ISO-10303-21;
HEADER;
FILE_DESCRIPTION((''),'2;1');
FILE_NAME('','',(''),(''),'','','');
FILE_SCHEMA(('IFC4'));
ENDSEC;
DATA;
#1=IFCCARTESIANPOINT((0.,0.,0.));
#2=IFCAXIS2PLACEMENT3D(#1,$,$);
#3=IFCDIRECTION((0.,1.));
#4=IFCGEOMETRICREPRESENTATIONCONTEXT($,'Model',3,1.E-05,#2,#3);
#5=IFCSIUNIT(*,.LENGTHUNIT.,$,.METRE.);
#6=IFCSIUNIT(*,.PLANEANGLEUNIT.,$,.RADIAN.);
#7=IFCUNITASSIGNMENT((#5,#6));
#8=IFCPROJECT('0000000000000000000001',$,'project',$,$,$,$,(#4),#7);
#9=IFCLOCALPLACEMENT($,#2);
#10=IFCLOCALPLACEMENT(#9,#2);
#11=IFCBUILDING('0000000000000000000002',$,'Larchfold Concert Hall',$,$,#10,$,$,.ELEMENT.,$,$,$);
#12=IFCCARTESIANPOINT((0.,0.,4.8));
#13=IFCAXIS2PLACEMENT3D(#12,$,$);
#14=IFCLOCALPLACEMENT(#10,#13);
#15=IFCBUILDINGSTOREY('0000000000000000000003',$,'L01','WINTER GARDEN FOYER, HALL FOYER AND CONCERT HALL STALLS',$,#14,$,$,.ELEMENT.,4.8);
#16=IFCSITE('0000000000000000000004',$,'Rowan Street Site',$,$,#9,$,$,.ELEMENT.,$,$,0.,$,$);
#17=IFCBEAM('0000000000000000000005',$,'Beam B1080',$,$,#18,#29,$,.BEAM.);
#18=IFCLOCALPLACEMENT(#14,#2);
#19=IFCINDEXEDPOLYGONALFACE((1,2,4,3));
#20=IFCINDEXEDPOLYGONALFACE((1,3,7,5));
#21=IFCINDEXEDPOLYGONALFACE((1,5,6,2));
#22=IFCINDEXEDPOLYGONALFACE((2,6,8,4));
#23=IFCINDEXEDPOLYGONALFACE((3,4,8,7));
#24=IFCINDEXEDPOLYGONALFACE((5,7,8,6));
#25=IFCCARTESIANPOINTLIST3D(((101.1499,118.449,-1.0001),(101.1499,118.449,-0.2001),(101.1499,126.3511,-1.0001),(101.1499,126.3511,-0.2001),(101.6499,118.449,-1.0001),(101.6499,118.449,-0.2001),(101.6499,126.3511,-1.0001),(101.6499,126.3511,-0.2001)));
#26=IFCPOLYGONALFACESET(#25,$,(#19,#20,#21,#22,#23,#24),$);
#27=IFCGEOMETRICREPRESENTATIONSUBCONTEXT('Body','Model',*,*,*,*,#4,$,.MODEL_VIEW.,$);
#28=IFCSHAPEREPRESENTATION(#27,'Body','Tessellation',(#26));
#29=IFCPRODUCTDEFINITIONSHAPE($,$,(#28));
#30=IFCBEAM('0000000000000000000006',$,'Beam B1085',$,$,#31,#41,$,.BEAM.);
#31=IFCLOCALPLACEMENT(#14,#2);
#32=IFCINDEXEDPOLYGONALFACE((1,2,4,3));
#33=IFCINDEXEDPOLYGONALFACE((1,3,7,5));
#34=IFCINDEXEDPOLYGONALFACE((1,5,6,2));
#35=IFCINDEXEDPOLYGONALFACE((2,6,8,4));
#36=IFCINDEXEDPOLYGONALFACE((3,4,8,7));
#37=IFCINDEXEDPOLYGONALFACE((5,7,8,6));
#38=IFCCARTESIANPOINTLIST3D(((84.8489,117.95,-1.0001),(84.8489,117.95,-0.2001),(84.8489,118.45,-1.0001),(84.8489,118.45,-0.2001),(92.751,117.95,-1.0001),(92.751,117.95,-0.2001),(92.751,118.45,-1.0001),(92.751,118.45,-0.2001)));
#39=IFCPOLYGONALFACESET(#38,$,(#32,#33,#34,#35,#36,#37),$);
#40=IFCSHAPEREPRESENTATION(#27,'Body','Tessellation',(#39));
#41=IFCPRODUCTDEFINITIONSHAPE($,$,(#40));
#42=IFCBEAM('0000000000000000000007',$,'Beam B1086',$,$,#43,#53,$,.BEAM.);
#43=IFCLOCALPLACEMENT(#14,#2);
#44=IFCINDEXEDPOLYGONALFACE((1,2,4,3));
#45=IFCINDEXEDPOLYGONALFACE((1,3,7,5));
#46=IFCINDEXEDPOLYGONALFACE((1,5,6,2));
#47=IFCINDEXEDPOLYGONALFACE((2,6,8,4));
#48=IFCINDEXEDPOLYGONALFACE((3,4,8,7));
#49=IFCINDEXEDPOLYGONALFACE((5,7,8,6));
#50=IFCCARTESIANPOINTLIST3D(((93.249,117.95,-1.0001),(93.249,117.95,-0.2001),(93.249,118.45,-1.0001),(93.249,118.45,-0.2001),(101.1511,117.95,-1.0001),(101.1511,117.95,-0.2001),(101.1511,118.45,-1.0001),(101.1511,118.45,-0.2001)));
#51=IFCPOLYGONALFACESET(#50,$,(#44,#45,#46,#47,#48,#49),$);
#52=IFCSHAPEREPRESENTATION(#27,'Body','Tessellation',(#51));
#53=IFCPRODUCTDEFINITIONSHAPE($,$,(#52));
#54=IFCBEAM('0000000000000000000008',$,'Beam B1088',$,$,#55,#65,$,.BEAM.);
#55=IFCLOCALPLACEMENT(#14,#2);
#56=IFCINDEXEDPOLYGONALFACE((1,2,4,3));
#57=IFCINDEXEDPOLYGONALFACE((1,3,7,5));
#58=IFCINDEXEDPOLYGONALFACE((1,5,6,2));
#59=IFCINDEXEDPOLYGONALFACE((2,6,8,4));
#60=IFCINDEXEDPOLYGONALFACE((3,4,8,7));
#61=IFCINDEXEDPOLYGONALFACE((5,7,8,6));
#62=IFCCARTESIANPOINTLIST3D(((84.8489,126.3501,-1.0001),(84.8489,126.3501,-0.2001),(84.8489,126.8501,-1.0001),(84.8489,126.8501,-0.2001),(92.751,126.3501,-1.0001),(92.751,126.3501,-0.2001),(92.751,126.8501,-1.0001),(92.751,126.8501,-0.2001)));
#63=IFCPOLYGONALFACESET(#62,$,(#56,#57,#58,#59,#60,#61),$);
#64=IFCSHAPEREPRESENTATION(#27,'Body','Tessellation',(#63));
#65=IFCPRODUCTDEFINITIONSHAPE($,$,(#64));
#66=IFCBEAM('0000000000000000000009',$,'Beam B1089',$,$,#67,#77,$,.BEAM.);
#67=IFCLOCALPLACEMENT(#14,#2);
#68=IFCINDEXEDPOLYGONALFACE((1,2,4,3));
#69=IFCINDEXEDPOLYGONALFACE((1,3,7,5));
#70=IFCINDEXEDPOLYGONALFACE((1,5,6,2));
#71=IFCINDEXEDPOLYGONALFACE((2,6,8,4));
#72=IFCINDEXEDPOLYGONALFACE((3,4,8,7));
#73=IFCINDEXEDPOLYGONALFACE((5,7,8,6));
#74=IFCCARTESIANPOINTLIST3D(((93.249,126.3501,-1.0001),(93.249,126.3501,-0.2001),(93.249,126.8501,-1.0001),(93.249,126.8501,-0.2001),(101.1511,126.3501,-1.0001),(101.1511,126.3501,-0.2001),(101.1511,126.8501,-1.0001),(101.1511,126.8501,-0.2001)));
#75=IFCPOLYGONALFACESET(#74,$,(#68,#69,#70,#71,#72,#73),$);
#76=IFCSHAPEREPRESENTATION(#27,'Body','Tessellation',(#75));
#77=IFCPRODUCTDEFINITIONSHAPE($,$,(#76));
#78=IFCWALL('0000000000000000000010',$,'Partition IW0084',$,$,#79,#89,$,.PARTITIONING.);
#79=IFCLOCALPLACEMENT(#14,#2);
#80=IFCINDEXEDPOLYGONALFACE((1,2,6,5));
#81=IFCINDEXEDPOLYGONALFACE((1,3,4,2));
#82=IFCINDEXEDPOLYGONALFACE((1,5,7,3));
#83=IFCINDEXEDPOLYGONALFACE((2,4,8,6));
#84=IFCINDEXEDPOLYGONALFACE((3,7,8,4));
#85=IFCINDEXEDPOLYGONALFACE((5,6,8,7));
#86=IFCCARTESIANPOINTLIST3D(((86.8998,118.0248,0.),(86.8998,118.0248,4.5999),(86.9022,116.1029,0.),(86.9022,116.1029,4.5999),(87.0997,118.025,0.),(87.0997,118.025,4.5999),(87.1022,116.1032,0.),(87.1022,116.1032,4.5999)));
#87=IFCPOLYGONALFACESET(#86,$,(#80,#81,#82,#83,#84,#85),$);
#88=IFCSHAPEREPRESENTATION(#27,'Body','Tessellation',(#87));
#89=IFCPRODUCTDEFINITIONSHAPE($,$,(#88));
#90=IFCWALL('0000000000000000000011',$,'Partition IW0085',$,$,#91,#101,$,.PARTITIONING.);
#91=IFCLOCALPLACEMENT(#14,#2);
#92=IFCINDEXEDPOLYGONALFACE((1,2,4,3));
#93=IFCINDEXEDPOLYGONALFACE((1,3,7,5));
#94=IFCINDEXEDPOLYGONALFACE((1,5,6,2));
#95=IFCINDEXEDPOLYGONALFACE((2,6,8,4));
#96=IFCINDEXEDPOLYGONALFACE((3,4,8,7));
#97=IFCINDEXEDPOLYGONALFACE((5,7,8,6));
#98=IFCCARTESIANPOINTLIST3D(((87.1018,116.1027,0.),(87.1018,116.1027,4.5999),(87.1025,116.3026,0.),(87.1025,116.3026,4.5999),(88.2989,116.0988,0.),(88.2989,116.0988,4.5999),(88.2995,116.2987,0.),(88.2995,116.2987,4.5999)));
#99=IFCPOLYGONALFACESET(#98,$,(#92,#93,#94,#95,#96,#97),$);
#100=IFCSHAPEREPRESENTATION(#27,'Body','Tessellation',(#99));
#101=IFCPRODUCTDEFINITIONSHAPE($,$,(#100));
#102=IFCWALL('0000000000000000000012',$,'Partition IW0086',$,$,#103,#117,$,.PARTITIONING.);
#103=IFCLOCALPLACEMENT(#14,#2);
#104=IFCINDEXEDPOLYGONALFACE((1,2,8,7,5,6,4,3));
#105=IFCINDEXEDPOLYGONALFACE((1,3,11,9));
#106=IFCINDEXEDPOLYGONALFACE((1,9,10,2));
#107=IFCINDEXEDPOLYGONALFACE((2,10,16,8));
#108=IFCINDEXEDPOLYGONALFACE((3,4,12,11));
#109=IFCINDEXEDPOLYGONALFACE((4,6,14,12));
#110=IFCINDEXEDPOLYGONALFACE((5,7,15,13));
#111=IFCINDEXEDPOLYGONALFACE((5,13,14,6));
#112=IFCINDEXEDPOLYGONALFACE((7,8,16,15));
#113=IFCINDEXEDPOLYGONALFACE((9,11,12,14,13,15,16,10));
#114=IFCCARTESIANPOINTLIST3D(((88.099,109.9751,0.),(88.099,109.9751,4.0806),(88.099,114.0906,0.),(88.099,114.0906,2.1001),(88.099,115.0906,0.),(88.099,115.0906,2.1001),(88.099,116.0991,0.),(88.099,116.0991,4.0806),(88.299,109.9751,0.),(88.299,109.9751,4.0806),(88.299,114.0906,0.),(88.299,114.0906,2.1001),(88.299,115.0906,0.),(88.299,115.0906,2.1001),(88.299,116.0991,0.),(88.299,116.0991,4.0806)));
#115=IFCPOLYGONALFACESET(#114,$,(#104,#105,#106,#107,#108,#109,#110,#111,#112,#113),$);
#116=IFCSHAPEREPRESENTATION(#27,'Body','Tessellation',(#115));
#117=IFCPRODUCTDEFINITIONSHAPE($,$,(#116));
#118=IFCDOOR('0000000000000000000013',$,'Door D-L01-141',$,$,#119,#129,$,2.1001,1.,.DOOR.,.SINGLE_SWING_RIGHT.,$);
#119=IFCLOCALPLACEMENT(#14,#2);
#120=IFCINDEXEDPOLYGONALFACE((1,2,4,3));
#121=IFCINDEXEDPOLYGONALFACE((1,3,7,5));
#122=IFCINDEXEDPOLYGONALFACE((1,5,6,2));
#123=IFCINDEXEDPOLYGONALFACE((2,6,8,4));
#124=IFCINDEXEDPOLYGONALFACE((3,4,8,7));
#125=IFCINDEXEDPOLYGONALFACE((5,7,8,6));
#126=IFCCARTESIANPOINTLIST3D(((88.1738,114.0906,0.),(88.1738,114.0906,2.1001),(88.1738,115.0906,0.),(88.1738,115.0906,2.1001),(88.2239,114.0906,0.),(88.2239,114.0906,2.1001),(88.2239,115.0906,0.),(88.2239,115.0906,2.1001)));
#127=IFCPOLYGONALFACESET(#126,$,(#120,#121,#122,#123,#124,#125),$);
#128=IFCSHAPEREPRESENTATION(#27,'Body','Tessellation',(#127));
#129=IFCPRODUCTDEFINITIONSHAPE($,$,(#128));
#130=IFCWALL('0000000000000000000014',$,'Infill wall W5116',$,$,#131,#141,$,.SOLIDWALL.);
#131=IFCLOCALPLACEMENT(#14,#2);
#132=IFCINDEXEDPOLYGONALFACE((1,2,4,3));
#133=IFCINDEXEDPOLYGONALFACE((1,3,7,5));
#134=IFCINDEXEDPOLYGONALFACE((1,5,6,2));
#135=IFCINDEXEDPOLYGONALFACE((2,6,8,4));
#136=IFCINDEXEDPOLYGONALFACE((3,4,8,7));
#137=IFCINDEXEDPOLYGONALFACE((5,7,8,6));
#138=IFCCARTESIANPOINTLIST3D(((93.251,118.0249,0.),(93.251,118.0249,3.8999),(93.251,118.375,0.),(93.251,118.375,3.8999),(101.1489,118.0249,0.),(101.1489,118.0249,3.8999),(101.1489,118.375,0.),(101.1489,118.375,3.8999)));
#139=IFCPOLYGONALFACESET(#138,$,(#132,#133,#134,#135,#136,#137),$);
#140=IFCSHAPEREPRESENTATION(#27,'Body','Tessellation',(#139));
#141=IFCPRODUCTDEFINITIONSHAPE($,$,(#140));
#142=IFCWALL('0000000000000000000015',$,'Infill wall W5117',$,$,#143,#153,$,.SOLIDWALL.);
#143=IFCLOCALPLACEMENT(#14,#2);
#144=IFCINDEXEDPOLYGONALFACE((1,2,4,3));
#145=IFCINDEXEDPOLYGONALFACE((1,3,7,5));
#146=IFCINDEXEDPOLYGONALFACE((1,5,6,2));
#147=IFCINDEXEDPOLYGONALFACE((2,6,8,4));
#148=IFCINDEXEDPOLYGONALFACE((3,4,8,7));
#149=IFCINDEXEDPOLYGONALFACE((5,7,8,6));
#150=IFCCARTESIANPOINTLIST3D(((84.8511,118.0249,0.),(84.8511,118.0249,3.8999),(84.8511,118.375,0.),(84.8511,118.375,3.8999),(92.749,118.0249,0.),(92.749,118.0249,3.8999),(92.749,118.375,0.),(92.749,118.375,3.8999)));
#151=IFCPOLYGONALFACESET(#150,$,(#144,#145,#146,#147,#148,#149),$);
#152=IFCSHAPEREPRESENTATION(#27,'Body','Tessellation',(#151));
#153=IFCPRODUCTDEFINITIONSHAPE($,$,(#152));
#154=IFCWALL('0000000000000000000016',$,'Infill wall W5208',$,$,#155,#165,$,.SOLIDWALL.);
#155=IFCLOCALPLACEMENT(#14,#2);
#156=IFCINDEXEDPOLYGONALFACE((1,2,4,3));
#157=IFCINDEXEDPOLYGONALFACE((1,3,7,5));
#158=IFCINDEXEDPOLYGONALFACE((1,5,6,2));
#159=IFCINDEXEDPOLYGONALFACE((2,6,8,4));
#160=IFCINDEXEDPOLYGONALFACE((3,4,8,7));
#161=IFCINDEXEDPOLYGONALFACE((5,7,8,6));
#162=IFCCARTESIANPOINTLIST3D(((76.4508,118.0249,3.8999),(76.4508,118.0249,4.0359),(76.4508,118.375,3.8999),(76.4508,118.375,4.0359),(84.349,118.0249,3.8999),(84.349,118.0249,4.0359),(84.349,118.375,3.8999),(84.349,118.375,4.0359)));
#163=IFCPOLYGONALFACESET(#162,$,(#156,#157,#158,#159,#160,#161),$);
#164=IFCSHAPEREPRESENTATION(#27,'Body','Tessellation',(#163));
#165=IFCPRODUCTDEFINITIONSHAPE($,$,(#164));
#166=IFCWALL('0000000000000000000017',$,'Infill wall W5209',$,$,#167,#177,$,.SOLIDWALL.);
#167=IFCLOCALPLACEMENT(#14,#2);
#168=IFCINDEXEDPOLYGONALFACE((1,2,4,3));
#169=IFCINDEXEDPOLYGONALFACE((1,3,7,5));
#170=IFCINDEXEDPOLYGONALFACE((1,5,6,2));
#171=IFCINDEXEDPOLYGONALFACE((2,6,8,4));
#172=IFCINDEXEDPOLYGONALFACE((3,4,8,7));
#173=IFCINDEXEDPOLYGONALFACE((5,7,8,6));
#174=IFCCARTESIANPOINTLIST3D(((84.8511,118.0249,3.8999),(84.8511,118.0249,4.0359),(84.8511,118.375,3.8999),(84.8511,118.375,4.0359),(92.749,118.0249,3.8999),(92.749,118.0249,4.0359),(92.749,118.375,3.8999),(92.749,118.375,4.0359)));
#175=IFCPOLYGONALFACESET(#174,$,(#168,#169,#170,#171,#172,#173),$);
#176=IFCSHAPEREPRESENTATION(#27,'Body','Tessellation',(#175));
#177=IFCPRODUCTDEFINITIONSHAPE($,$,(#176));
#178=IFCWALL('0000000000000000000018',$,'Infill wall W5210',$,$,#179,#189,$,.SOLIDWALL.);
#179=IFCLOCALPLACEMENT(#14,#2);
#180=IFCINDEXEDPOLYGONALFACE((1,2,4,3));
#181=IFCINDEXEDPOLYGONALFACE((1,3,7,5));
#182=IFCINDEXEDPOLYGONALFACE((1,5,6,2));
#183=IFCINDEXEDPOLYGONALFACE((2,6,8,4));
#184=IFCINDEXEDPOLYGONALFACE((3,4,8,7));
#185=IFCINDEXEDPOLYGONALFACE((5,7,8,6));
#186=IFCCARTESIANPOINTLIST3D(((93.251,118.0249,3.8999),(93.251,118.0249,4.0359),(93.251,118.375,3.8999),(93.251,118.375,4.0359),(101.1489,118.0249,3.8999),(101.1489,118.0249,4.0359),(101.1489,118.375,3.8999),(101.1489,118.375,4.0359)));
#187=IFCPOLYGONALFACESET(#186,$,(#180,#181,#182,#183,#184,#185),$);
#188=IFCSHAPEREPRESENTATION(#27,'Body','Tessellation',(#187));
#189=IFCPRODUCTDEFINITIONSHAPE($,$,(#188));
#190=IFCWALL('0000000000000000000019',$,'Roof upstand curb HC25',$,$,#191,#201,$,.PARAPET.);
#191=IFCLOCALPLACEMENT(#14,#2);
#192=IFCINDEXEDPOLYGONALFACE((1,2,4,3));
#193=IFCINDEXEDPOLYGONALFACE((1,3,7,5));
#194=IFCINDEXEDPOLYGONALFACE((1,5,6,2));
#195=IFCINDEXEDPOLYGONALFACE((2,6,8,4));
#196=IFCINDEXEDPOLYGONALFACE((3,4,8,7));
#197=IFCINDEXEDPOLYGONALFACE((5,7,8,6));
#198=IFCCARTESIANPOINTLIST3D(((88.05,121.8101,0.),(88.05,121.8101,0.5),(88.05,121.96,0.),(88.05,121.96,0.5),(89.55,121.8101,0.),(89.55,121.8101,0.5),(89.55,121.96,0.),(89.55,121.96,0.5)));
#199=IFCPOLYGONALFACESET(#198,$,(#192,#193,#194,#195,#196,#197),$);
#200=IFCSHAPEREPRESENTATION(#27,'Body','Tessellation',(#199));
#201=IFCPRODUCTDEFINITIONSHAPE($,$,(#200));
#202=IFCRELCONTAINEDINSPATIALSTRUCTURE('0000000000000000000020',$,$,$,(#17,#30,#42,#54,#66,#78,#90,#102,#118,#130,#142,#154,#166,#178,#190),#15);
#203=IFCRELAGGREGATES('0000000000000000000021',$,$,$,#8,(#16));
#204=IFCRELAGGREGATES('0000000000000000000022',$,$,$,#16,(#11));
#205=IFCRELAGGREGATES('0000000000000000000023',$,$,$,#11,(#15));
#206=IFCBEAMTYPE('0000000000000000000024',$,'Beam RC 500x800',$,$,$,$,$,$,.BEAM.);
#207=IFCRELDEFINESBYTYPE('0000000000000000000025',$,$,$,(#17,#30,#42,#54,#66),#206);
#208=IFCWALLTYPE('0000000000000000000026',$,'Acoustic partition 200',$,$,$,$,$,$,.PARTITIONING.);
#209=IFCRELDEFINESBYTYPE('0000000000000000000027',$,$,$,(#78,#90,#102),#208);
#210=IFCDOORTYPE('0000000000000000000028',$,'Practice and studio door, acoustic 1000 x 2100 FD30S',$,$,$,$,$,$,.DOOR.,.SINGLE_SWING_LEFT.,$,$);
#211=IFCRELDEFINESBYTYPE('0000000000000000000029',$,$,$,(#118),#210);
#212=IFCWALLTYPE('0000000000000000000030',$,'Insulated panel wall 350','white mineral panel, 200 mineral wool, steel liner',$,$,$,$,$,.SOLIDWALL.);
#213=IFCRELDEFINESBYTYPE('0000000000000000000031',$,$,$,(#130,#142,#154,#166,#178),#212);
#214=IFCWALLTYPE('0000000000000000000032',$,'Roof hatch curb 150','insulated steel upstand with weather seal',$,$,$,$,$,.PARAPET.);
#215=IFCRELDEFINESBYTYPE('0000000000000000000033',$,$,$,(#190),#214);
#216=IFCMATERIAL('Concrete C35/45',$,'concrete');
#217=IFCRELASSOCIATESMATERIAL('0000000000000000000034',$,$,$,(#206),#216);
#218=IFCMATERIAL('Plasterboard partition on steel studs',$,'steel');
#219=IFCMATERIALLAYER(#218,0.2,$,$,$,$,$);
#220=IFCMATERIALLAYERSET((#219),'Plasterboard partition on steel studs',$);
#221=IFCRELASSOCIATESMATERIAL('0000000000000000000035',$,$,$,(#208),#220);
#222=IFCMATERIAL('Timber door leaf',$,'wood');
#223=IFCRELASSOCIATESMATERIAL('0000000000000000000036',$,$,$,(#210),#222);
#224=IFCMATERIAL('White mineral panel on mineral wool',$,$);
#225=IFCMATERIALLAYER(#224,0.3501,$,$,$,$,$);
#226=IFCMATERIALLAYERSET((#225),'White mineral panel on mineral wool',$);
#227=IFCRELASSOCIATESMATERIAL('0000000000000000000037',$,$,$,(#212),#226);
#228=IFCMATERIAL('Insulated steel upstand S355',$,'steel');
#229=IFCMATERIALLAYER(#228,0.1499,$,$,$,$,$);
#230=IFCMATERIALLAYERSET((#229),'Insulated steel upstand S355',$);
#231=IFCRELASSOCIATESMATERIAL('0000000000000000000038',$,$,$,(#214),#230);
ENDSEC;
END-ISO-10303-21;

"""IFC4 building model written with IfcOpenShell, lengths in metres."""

from ifc_helpers import new_model, si_unit, direction, frame, frame_2d, origin, origin_2d, place, context, subcontext, project, spatial, rectangle, extrude, material, layer, layer_set, material_profile, profile_set, type_object, element, fill, save


model = new_model("IFC4")

# Units and contexts
model_context = context("Model", 3, precision=1e-05, world=origin(), true_north=direction((0.0, 1.0)))
body_context = subcontext(model_context, "Body", "Model", "MODEL_VIEW")
ifc_project = project(units=[si_unit("LENGTHUNIT", "METRE"), si_unit("PLANEANGLEUNIT", "RADIAN")], contexts=[model_context])

# Site, building, storey
site_placement = place(None, origin())
site = spatial("IfcSite", under=ifc_project, at=site_placement, Name="Rowan Street Site", CompositionType="ELEMENT", RefElevation=0.0)
building_placement = place(site_placement, origin())
building = spatial("IfcBuilding", under=site, at=building_placement, Name="Larchfold Concert Hall", CompositionType="ELEMENT")
storey_placement = place(building_placement, frame((0.0, 0.0, 4.8)))
storey = spatial("IfcBuildingStorey", under=building, at=storey_placement, Name="L01", Description="WINTER GARDEN FOYER, HALL FOYER AND CONCERT HALL STALLS", CompositionType="ELEMENT", Elevation=4.8)

# Beams
ifc_material_1 = material(Name="Concrete C35/45", Category="concrete")
ifc_material_profile_1 = material_profile(ifc_material_1, rectangle(XDim=0.5, YDim=0.8, at=origin_2d()))
ifc_profile_set_1 = profile_set([ifc_material_profile_1], Name="Concrete C35/45")
beam_type_1 = type_object("IfcBeamType", Name="Beam RC 500x800", PredefinedType="BEAM", material=ifc_profile_set_1)
for number, where, z_axis, x_axis, name in (
    (1, (101.3999, 118.449, -0.6001), (0.0, 1.0, 0.0), (-1.0, 0.0, 0.0), "Beam B1080"),
    (2, (84.8489, 118.2, -0.6001), (1.0, 0.0, 0.0), (0.0, 1.0, 0.0), "Beam B1085"),
    (3, (93.249, 118.2, -0.6001), (1.0, 0.0, 0.0), (0.0, 1.0, 0.0), "Beam B1086"),
    (4, (84.8489, 126.6001, -0.6001), (1.0, 0.0, 0.0), (0.0, 1.0, 0.0), "Beam B1088"),
    (5, (93.249, 126.6001, -0.6001), (1.0, 0.0, 0.0), (0.0, 1.0, 0.0), "Beam B1089"),
):
    element("IfcBeam", number, at=place(storey_placement, frame(where, z_axis=z_axis, x_axis=x_axis)), inside=storey, type_object=beam_type_1, Name=name, PredefinedType="BEAM", context=body_context, shape_type="SweptSolid", body=[
        extrude(rectangle(XDim=0.5, YDim=0.8, at=origin_2d()), origin(), (0.0, 0.0, 1.0), 7.9021),
    ])

# Walls
ifc_material_2 = material(Name="Plasterboard partition on steel studs", Category="steel")
ifc_layer_1 = layer(ifc_material_2, 0.2)
ifc_layer_set_1 = layer_set([ifc_layer_1], Name="Plasterboard partition on steel studs")
wall_type_1 = type_object("IfcWallType", Name="Acoustic partition 200", PredefinedType="PARTITIONING", material=ifc_layer_set_1)
wall_1_placement = place(storey_placement, frame((86.9998, 118.0249, 0.0), z_axis=(0.0, 0.0, 1.0), x_axis=(0.00127, -0.999999, 0.0)))
element("IfcWall", 6, at=wall_1_placement, inside=storey, type_object=wall_type_1, Name="Partition IW0084", PredefinedType="PARTITIONING", context=body_context, shape_type="SweptSolid", body=[
    extrude(rectangle(XDim=1.9219, YDim=0.2, at=frame_2d((0.9609, 0.0))), origin(), (0.0, 0.0, 1.0), 4.5999),
])
wall_2_placement = place(storey_placement, frame((87.1021, 116.2026, 0.0), z_axis=(0.0, 0.0, 1.0), x_axis=(0.999995, -0.003263, 0.0)))
element("IfcWall", 7, at=wall_2_placement, inside=storey, type_object=wall_type_1, Name="Partition IW0085", PredefinedType="PARTITIONING", context=body_context, shape_type="SweptSolid", body=[
    extrude(rectangle(XDim=1.197, YDim=0.2, at=frame_2d((0.5986, 0.0))), origin(), (0.0, 0.0, 1.0), 4.5999),
])

# Wall, opening, door
wall_3_placement = place(storey_placement, frame((88.199, 116.0991, 0.0), z_axis=(0.0, 0.0, 1.0), x_axis=(0.0, -1.0, 0.0)))
wall_3 = element("IfcWall", 8, at=wall_3_placement, inside=storey, type_object=wall_type_1, Name="Partition IW0086", PredefinedType="PARTITIONING", context=body_context, shape_type="SweptSolid", body=[
    extrude(rectangle(XDim=6.124, YDim=0.2, at=frame_2d((3.062, 0.0))), origin(), (0.0, 0.0, 1.0), 4.0806),
])
opening_placement = place(wall_3_placement, frame((1.0085, 0.0, 0.0)))
opening = element("IfcOpeningElement", 9, at=opening_placement, cuts=wall_3, PredefinedType="OPENING", context=body_context, shape_type="SweptSolid", body=[
    extrude(rectangle(XDim=1.0, YDim=2.1001, at=frame_2d((0.5, 1.05))), frame((0.0, 0.1099, 0.0), z_axis=(0.0, -1.0, 0.0), x_axis=(1.0, 0.0, 0.0)), (0.0, 0.0, 1.0), 0.22),
])
ifc_material_3 = material(Name="Timber door leaf", Category="wood")
door_type = type_object("IfcDoorType", Name="Practice and studio door, acoustic 1000 x 2100 FD30S", OperationType="SINGLE_SWING_LEFT", PredefinedType="DOOR", material=ifc_material_3)
door_placement = place(opening_placement, origin())
door = element("IfcDoor", 10, at=door_placement, inside=storey, type_object=door_type, Name="Door D-L01-141", OperationType="SINGLE_SWING_RIGHT", OverallHeight=2.1001, OverallWidth=1.0, PredefinedType="DOOR", context=body_context, shape_type="SweptSolid", body=[
    extrude(rectangle(XDim=1.0, YDim=2.1001, at=frame_2d((0.5, 1.05))), frame((0.0, 0.0249, 0.0), z_axis=(0.0, -1.0, 0.0), x_axis=(1.0, 0.0, 0.0)), (0.0, 0.0, 1.0), 0.05),
])
fill(opening, door)

# Walls
ifc_material_4 = material(Name="White mineral panel on mineral wool")
ifc_layer_2 = layer(ifc_material_4, 0.3501)
ifc_layer_set_2 = layer_set([ifc_layer_2], Name="White mineral panel on mineral wool")
wall_type_2 = type_object("IfcWallType", Name="Insulated panel wall 350", Description="white mineral panel, 200 mineral wool, steel liner", PredefinedType="SOLIDWALL", material=ifc_layer_set_2)
for number, where, z_axis, x_axis, name in (
    (11, (101.1489, 118.2, 0.0), (0.0, 0.0, 1.0), (-1.0, 0.0, 0.0), "Infill wall W5116"),
    (12, (92.749, 118.2, 0.0), (0.0, 0.0, 1.0), (-1.0, 0.0, 0.0), "Infill wall W5117"),
):
    element("IfcWall", number, at=place(storey_placement, frame(where, z_axis=z_axis, x_axis=x_axis)), inside=storey, type_object=wall_type_2, Name=name, PredefinedType="SOLIDWALL", context=body_context, shape_type="SweptSolid", body=[
        extrude(rectangle(XDim=7.8979, YDim=0.3501, at=frame_2d((3.949, 0.0))), origin(), (0.0, 0.0, 1.0), 3.8999),
    ])
wall_4_placement = place(storey_placement, frame((84.3491, 118.2, 3.8999), z_axis=(0.0, 0.0, 1.0), x_axis=(-1.0, 0.0, 0.0)))
element("IfcWall", 13, at=wall_4_placement, inside=storey, type_object=wall_type_2, Name="Infill wall W5208", PredefinedType="SOLIDWALL", context=body_context, shape_type="SweptSolid", body=[
    extrude(rectangle(XDim=7.8982, YDim=0.3501, at=frame_2d((3.9492, 0.0))), origin(), (0.0, 0.0, 1.0), 0.136),
])
for number, where, z_axis, x_axis, name in (
    (14, (92.749, 118.2, 3.8999), (0.0, 0.0, 1.0), (-1.0, 0.0, 0.0), "Infill wall W5209"),
    (15, (101.1489, 118.2, 3.8999), (0.0, 0.0, 1.0), (-1.0, 0.0, 0.0), "Infill wall W5210"),
):
    element("IfcWall", number, at=place(storey_placement, frame(where, z_axis=z_axis, x_axis=x_axis)), inside=storey, type_object=wall_type_2, Name=name, PredefinedType="SOLIDWALL", context=body_context, shape_type="SweptSolid", body=[
        extrude(rectangle(XDim=7.8979, YDim=0.3501, at=frame_2d((3.949, 0.0))), origin(), (0.0, 0.0, 1.0), 0.136),
    ])
ifc_material_5 = material(Name="Insulated steel upstand S355", Category="steel")
ifc_layer_3 = layer(ifc_material_5, 0.1499)
ifc_layer_set_3 = layer_set([ifc_layer_3], Name="Insulated steel upstand S355")
wall_type_3 = type_object("IfcWallType", Name="Roof hatch curb 150", Description="insulated steel upstand with weather seal", PredefinedType="PARAPET", material=ifc_layer_set_3)
for number, where, z_axis, x_axis, name in (
    (16, (88.05, 121.885, 0.0), (0.0, 0.0, 1.0), (1.0, 0.0, 0.0), "Roof upstand curb HC25"),
):
    element("IfcWall", number, at=place(storey_placement, frame(where, z_axis=z_axis, x_axis=x_axis)), inside=storey, type_object=wall_type_3, Name=name, PredefinedType="PARAPET", context=body_context, shape_type="SweptSolid", body=[
        extrude(rectangle(XDim=1.5, YDim=0.1499, at=frame_2d((0.75, 0.0))), origin(), (0.0, 0.0, 1.0), 0.5),
    ])

save(model, "model.ifc")
